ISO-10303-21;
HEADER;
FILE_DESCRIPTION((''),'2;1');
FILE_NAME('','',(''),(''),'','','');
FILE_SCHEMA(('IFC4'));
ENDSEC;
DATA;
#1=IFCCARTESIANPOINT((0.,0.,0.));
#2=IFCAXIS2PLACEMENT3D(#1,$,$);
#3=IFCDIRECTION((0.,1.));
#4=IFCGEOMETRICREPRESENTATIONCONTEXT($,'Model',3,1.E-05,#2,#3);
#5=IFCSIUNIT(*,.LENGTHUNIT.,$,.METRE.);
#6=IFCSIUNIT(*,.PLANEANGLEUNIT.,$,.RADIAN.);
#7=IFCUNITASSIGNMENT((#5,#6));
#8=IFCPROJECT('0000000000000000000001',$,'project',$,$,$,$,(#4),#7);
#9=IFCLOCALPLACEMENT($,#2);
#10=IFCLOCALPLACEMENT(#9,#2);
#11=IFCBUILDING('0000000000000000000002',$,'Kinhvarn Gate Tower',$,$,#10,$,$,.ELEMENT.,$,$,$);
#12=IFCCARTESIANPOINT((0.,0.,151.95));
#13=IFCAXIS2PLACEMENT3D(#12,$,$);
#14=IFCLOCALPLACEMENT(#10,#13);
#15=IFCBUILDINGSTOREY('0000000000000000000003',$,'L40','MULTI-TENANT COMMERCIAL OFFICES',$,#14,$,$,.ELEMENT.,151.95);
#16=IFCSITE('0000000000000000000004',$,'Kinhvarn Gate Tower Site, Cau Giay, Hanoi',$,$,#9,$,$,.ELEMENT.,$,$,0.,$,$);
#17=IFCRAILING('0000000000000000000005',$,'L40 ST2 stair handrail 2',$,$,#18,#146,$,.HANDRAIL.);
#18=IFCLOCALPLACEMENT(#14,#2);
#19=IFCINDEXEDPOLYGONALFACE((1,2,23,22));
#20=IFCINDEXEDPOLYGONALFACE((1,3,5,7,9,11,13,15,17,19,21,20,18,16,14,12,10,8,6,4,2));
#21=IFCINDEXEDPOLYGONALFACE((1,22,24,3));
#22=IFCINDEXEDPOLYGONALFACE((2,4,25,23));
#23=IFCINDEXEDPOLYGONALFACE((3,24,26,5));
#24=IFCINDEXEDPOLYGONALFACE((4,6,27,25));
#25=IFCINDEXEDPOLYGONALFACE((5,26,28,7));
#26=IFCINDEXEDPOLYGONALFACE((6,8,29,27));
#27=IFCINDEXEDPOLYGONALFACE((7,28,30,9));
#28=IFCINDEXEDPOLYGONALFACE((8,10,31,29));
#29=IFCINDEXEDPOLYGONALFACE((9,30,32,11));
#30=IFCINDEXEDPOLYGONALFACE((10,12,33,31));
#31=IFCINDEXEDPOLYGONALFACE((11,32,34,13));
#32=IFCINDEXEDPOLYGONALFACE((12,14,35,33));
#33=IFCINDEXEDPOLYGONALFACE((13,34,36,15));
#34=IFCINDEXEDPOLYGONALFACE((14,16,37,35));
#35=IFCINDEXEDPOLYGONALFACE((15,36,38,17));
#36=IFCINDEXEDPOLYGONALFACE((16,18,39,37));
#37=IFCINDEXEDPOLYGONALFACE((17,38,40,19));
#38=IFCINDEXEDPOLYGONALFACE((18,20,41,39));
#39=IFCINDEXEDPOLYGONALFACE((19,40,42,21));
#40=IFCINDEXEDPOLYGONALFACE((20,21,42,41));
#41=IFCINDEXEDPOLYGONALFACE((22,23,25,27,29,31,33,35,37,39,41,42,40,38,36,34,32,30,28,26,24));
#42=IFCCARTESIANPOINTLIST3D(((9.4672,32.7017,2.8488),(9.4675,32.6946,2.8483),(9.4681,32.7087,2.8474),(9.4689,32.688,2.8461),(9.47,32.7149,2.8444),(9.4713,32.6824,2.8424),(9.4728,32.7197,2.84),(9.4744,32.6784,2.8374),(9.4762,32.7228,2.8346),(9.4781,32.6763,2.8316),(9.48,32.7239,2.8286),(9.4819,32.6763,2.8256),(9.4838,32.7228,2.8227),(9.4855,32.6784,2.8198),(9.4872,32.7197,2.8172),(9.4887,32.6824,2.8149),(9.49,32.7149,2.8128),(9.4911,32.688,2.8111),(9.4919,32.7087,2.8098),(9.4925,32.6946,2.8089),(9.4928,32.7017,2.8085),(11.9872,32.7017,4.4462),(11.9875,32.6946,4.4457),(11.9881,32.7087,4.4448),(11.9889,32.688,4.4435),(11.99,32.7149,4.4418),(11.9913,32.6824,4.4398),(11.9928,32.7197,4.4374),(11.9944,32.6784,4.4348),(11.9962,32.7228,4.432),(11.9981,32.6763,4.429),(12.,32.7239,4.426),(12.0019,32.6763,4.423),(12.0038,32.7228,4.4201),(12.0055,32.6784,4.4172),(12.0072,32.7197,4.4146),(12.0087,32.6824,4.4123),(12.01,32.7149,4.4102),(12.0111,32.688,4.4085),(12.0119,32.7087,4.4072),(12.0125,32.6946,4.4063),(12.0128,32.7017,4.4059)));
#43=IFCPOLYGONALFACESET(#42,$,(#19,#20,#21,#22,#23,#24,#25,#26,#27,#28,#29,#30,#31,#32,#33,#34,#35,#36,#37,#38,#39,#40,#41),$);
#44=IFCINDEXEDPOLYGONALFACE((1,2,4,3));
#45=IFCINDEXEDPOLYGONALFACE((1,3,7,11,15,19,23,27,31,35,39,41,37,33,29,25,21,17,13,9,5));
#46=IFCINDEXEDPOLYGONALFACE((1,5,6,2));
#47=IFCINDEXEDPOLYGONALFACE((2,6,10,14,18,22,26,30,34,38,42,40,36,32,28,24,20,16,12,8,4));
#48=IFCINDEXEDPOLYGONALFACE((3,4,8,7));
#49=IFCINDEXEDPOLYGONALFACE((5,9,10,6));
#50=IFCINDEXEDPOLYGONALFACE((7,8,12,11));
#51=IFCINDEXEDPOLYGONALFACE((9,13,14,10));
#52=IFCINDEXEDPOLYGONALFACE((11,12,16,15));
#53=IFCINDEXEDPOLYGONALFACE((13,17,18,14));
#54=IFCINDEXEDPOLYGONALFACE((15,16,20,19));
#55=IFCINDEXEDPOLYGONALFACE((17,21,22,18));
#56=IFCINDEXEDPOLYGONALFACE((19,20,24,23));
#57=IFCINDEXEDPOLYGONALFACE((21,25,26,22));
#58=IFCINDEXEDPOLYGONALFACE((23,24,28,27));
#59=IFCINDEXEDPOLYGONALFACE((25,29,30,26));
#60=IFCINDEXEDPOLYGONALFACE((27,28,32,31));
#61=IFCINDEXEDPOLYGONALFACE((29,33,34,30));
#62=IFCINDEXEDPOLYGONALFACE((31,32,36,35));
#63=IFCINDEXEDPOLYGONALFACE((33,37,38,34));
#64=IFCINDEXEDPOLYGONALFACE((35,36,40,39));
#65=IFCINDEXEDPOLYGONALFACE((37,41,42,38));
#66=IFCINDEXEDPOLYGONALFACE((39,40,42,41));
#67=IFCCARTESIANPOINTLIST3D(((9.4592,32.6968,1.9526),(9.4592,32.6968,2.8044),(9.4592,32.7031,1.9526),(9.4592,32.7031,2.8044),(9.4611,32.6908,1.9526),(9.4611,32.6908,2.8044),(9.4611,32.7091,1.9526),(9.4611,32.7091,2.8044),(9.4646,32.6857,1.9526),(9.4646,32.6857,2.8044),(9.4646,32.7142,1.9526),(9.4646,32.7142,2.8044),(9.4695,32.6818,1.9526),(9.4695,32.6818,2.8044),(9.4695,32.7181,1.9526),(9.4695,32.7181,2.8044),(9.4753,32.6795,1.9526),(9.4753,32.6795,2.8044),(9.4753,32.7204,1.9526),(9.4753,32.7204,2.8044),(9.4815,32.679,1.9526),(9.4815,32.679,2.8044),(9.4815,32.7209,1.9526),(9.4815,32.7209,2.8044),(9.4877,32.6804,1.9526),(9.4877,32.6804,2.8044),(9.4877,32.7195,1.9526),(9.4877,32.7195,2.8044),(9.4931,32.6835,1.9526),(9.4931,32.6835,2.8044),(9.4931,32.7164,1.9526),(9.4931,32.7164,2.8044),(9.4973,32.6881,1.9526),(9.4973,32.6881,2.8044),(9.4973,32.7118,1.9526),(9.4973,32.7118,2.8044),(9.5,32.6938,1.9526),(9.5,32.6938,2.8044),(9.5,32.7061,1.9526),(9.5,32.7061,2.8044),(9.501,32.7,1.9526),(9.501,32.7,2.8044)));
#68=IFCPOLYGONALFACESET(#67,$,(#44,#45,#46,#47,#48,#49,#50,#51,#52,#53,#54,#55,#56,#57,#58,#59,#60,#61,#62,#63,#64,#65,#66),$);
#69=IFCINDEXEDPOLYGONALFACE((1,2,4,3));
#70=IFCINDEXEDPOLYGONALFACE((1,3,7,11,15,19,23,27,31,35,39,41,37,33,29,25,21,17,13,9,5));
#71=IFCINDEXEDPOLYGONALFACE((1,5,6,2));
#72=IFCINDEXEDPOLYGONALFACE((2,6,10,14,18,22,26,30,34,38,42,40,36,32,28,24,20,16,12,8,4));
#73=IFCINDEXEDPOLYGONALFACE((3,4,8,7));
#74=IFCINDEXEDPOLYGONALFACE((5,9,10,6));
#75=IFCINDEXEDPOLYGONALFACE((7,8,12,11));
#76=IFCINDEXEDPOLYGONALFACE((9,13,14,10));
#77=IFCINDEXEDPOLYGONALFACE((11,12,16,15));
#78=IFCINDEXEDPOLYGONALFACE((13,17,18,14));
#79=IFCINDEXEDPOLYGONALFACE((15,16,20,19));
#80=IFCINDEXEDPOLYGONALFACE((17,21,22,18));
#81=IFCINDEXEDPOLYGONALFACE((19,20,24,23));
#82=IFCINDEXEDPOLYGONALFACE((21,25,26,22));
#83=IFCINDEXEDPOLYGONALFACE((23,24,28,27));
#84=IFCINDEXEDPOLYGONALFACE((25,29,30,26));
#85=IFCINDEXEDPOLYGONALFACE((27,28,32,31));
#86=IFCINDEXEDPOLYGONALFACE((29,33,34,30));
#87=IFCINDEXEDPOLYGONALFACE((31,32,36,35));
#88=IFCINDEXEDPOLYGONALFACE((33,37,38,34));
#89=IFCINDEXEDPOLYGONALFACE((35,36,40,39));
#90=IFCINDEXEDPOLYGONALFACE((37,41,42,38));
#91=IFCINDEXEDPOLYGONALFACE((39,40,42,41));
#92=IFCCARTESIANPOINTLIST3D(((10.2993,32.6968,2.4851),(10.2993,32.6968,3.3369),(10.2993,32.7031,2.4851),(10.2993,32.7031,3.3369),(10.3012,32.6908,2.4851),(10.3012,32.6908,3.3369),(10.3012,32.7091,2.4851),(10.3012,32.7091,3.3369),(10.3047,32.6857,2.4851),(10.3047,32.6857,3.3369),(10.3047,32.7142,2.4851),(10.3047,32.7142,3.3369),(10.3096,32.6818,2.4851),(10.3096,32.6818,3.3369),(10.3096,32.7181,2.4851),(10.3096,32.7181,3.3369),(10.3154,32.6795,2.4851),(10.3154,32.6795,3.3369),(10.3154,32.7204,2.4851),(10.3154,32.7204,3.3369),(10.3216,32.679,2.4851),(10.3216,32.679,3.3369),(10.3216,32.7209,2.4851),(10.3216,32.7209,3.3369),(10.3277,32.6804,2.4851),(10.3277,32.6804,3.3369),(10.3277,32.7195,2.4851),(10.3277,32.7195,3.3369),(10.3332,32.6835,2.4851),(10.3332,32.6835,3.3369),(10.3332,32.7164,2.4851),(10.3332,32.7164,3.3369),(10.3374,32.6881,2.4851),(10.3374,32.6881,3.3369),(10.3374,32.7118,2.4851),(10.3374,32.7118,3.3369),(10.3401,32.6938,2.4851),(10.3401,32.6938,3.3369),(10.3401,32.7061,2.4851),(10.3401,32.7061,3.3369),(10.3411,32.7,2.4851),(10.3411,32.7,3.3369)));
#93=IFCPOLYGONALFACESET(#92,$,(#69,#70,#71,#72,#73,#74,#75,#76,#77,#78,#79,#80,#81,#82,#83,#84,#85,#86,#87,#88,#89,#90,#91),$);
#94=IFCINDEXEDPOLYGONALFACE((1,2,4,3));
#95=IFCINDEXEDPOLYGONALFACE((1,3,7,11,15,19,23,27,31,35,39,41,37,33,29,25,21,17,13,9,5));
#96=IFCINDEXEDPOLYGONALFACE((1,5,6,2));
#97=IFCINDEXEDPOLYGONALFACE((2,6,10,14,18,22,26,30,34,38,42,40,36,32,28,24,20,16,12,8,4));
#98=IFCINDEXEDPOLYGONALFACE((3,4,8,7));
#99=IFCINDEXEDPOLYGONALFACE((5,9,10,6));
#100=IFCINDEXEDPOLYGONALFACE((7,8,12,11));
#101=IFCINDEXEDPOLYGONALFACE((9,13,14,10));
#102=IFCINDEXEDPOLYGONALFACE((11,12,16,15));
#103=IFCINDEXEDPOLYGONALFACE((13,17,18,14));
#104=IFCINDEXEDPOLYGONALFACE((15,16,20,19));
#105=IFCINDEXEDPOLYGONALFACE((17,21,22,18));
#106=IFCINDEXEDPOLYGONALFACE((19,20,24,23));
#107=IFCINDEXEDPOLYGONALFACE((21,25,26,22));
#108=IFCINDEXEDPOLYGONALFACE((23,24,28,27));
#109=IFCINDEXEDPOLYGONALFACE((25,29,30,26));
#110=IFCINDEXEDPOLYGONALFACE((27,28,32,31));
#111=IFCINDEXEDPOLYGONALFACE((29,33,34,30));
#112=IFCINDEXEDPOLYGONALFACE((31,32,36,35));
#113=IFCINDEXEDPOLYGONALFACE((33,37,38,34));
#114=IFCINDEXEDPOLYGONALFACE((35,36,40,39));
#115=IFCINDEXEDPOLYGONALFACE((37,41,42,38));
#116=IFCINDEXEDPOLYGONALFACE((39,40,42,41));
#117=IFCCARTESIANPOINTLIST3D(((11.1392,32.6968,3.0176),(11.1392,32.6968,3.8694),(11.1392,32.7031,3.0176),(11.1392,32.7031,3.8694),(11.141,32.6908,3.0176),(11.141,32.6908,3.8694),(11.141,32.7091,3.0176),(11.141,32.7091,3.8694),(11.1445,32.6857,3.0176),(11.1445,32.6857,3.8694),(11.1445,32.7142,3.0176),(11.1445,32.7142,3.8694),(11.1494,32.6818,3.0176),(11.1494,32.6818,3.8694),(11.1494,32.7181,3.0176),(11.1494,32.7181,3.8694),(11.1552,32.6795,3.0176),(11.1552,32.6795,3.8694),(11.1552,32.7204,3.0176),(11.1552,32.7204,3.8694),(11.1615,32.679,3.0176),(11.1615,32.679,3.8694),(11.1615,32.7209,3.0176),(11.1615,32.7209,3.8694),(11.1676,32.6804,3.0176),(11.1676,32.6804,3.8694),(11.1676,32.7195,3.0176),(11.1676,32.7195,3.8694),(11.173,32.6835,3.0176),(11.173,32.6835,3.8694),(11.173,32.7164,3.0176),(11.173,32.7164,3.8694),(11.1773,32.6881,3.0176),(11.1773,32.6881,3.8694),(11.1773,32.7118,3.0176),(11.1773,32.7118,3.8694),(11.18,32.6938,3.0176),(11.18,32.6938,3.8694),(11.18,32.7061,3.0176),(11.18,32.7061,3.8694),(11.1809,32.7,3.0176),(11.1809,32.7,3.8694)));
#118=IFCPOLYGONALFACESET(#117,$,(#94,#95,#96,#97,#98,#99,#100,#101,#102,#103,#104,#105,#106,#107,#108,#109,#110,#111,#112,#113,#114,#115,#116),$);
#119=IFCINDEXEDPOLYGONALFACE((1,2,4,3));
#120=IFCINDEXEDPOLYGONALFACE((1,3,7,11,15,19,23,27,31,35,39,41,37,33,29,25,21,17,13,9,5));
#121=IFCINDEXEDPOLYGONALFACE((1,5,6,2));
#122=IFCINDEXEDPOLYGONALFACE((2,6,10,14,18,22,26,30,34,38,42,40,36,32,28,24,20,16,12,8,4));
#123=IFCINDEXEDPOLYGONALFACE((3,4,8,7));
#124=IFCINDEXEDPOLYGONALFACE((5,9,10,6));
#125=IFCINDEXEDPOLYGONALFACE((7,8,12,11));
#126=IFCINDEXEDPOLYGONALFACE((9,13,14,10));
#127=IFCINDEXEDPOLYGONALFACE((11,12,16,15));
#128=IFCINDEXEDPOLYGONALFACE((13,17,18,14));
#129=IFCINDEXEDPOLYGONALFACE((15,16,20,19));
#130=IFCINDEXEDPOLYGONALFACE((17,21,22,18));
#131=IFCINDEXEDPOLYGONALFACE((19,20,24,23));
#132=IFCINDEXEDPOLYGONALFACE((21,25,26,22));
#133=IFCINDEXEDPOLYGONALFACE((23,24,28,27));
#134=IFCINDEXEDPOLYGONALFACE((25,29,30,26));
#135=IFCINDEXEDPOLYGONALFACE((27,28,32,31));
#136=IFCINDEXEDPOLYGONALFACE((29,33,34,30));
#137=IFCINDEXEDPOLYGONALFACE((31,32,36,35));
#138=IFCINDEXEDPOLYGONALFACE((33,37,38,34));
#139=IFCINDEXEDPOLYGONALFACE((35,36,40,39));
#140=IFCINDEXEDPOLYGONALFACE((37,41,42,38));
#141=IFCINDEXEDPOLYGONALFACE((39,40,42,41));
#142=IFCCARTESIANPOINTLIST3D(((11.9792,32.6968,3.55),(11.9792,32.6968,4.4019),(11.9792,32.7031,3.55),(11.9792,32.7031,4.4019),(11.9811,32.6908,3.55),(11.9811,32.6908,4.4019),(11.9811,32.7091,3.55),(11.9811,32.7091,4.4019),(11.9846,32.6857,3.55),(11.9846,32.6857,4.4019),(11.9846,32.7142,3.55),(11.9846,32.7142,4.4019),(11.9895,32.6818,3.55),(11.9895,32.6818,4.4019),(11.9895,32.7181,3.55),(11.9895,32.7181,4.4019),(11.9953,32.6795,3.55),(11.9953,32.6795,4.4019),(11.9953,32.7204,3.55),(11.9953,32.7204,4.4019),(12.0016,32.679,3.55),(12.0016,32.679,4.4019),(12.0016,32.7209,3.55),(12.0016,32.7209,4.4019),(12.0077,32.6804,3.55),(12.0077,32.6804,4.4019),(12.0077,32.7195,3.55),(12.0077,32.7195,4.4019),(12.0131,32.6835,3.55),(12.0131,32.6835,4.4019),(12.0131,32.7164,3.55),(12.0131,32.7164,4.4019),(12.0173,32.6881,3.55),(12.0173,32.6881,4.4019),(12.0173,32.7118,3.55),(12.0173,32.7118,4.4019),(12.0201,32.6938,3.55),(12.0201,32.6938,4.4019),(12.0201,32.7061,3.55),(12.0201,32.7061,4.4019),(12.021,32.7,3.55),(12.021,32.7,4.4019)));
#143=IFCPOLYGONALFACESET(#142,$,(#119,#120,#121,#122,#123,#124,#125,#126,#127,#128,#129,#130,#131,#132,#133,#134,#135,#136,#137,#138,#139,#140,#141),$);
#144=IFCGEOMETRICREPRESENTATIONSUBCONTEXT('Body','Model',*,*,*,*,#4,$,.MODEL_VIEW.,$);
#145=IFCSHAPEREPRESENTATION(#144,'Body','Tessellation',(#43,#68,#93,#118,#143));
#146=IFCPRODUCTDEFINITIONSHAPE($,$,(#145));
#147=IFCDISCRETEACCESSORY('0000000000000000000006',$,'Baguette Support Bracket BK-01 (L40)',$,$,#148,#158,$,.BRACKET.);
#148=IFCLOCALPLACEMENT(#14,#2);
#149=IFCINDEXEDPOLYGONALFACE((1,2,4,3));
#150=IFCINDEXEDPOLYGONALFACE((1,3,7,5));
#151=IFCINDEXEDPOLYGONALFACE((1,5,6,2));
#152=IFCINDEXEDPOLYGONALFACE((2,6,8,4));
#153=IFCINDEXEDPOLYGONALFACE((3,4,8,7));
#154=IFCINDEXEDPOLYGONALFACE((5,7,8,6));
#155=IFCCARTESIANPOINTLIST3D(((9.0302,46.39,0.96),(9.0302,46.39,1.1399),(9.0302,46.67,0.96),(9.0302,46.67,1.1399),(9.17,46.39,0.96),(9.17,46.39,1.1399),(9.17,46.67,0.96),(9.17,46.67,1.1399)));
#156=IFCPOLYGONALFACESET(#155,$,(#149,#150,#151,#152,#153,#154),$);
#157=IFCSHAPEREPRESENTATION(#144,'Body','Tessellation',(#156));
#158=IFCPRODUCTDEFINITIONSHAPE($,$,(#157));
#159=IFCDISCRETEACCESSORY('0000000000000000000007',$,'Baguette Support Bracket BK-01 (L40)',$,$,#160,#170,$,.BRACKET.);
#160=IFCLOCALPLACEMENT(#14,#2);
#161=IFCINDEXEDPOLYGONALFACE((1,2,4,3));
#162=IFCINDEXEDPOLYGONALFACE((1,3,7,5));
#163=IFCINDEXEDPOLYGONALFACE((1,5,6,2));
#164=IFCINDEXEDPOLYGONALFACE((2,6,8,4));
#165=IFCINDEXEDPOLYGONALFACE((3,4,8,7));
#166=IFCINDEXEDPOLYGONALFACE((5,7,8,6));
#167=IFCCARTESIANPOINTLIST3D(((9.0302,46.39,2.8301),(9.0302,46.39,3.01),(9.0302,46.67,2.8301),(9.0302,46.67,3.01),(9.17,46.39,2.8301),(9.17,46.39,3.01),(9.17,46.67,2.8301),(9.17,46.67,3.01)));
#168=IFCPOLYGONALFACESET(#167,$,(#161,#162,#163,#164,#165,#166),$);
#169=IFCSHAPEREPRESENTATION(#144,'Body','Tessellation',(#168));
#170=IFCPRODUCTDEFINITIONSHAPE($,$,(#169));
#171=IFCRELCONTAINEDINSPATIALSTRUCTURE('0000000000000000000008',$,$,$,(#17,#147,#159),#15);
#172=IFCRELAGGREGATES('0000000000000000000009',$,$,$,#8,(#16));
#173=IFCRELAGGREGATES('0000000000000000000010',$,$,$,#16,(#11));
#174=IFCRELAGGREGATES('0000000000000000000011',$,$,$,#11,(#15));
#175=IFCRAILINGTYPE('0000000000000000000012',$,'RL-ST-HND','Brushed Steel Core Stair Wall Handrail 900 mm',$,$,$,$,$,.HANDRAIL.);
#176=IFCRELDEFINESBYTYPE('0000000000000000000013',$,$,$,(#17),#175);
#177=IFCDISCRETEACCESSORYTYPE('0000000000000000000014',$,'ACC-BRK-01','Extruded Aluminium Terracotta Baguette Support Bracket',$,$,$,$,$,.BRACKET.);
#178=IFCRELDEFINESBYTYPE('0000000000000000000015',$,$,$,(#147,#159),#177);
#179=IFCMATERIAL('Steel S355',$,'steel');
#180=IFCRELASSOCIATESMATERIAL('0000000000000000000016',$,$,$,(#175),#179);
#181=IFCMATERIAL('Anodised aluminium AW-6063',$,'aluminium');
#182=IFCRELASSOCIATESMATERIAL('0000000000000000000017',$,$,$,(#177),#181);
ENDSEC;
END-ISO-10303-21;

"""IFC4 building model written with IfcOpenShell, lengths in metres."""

from ifc_helpers import new_model, si_unit, direction, frame, origin, origin_2d, place, context, subcontext, project, spatial, rectangle, circle, extrude, material, type_object, element, save


model = new_model("IFC4")

# Units and contexts
model_context = context("Model", 3, precision=1e-05, world=origin(), true_north=direction((0.0, 1.0)))
body_context = subcontext(model_context, "Body", "Model", "MODEL_VIEW")
ifc_project = project(units=[si_unit("LENGTHUNIT", "METRE"), si_unit("PLANEANGLEUNIT", "RADIAN")], contexts=[model_context])

# Site, building, storey
site_placement = place(None, origin())
site = spatial("IfcSite", under=ifc_project, at=site_placement, Name="Kinhvarn Gate Tower Site, Cau Giay, Hanoi", CompositionType="ELEMENT", RefElevation=0.0)
building_placement = place(site_placement, origin())
building = spatial("IfcBuilding", under=site, at=building_placement, Name="Kinhvarn Gate Tower", CompositionType="ELEMENT")
storey_placement = place(building_placement, frame((0.0, 0.0, 151.95)))
storey = spatial("IfcBuildingStorey", under=building, at=storey_placement, Name="L40", Description="MULTI-TENANT COMMERCIAL OFFICES", CompositionType="ELEMENT", Elevation=151.95)

# Shared definitions
ifc_material_1 = material(Name="Anodised aluminium AW-6063", Category="aluminium")

# Shared definitions
ifc_material_2 = material(Name="Steel S355", Category="steel")

# Railing
railing_type_1 = type_object("IfcRailingType", Name="RL-ST-HND", Description="Brushed Steel Core Stair Wall Handrail 900 mm", PredefinedType="HANDRAIL", material=ifc_material_2)
railing_1_placement = place(storey_placement, frame((9.48, 32.7, 1.9526)))
element("IfcRailing", 1, at=railing_1_placement, inside=storey, type_object=railing_type_1, Name="L40 ST2 stair handrail 2", PredefinedType="HANDRAIL", context=body_context, shape_type="SweptSolid", body=[
    extrude(circle(Radius=0.0239, at=origin_2d()), frame((0.0, 0.0, 0.876), z_axis=(0.844607, 0.0, 0.535387), x_axis=(0.0, 1.0, 0.0)), (0.0, 0.0, 1.0), 2.9836),
    extrude(circle(Radius=0.021, at=origin_2d()), origin(), (0.0, 0.0, 1.0), 0.8518),
    extrude(circle(Radius=0.021, at=origin_2d()), frame((0.8401, 0.0, 0.5325)), (0.0, 0.0, 1.0), 0.8518),
    extrude(circle(Radius=0.021, at=origin_2d()), frame((1.6799, 0.0, 1.0649)), (0.0, 0.0, 1.0), 0.8518),
    extrude(circle(Radius=0.021, at=origin_2d()), frame((2.52, 0.0, 1.5974)), (0.0, 0.0, 1.0), 0.8518),
])

# Discrete accessories
discrete_accessory_type = type_object("IfcDiscreteAccessoryType", Name="ACC-BRK-01", Description="Extruded Aluminium Terracotta Baguette Support Bracket", PredefinedType="BRACKET", material=ifc_material_1)
for number, where, z_axis, x_axis, name in (
    (2, (9.1001, 46.53, 0.96), (0.0, 0.0, 1.0), (-1.0, 0.0, 0.0), "Baguette Support Bracket BK-01 (L40)"),
    (3, (9.1001, 46.53, 2.8301), (0.0, 0.0, 1.0), (-1.0, 0.0, 0.0), "Baguette Support Bracket BK-01 (L40)"),
):
    element("IfcDiscreteAccessory", number, at=place(storey_placement, frame(where, z_axis=z_axis, x_axis=x_axis)), inside=storey, type_object=discrete_accessory_type, Name=name, PredefinedType="BRACKET", context=body_context, shape_type="SweptSolid", body=[
        extrude(rectangle(XDim=0.1399, YDim=0.28, at=origin_2d()), origin(), (0.0, 0.0, 1.0), 0.1799),
    ])

save(model, "model.ifc")
